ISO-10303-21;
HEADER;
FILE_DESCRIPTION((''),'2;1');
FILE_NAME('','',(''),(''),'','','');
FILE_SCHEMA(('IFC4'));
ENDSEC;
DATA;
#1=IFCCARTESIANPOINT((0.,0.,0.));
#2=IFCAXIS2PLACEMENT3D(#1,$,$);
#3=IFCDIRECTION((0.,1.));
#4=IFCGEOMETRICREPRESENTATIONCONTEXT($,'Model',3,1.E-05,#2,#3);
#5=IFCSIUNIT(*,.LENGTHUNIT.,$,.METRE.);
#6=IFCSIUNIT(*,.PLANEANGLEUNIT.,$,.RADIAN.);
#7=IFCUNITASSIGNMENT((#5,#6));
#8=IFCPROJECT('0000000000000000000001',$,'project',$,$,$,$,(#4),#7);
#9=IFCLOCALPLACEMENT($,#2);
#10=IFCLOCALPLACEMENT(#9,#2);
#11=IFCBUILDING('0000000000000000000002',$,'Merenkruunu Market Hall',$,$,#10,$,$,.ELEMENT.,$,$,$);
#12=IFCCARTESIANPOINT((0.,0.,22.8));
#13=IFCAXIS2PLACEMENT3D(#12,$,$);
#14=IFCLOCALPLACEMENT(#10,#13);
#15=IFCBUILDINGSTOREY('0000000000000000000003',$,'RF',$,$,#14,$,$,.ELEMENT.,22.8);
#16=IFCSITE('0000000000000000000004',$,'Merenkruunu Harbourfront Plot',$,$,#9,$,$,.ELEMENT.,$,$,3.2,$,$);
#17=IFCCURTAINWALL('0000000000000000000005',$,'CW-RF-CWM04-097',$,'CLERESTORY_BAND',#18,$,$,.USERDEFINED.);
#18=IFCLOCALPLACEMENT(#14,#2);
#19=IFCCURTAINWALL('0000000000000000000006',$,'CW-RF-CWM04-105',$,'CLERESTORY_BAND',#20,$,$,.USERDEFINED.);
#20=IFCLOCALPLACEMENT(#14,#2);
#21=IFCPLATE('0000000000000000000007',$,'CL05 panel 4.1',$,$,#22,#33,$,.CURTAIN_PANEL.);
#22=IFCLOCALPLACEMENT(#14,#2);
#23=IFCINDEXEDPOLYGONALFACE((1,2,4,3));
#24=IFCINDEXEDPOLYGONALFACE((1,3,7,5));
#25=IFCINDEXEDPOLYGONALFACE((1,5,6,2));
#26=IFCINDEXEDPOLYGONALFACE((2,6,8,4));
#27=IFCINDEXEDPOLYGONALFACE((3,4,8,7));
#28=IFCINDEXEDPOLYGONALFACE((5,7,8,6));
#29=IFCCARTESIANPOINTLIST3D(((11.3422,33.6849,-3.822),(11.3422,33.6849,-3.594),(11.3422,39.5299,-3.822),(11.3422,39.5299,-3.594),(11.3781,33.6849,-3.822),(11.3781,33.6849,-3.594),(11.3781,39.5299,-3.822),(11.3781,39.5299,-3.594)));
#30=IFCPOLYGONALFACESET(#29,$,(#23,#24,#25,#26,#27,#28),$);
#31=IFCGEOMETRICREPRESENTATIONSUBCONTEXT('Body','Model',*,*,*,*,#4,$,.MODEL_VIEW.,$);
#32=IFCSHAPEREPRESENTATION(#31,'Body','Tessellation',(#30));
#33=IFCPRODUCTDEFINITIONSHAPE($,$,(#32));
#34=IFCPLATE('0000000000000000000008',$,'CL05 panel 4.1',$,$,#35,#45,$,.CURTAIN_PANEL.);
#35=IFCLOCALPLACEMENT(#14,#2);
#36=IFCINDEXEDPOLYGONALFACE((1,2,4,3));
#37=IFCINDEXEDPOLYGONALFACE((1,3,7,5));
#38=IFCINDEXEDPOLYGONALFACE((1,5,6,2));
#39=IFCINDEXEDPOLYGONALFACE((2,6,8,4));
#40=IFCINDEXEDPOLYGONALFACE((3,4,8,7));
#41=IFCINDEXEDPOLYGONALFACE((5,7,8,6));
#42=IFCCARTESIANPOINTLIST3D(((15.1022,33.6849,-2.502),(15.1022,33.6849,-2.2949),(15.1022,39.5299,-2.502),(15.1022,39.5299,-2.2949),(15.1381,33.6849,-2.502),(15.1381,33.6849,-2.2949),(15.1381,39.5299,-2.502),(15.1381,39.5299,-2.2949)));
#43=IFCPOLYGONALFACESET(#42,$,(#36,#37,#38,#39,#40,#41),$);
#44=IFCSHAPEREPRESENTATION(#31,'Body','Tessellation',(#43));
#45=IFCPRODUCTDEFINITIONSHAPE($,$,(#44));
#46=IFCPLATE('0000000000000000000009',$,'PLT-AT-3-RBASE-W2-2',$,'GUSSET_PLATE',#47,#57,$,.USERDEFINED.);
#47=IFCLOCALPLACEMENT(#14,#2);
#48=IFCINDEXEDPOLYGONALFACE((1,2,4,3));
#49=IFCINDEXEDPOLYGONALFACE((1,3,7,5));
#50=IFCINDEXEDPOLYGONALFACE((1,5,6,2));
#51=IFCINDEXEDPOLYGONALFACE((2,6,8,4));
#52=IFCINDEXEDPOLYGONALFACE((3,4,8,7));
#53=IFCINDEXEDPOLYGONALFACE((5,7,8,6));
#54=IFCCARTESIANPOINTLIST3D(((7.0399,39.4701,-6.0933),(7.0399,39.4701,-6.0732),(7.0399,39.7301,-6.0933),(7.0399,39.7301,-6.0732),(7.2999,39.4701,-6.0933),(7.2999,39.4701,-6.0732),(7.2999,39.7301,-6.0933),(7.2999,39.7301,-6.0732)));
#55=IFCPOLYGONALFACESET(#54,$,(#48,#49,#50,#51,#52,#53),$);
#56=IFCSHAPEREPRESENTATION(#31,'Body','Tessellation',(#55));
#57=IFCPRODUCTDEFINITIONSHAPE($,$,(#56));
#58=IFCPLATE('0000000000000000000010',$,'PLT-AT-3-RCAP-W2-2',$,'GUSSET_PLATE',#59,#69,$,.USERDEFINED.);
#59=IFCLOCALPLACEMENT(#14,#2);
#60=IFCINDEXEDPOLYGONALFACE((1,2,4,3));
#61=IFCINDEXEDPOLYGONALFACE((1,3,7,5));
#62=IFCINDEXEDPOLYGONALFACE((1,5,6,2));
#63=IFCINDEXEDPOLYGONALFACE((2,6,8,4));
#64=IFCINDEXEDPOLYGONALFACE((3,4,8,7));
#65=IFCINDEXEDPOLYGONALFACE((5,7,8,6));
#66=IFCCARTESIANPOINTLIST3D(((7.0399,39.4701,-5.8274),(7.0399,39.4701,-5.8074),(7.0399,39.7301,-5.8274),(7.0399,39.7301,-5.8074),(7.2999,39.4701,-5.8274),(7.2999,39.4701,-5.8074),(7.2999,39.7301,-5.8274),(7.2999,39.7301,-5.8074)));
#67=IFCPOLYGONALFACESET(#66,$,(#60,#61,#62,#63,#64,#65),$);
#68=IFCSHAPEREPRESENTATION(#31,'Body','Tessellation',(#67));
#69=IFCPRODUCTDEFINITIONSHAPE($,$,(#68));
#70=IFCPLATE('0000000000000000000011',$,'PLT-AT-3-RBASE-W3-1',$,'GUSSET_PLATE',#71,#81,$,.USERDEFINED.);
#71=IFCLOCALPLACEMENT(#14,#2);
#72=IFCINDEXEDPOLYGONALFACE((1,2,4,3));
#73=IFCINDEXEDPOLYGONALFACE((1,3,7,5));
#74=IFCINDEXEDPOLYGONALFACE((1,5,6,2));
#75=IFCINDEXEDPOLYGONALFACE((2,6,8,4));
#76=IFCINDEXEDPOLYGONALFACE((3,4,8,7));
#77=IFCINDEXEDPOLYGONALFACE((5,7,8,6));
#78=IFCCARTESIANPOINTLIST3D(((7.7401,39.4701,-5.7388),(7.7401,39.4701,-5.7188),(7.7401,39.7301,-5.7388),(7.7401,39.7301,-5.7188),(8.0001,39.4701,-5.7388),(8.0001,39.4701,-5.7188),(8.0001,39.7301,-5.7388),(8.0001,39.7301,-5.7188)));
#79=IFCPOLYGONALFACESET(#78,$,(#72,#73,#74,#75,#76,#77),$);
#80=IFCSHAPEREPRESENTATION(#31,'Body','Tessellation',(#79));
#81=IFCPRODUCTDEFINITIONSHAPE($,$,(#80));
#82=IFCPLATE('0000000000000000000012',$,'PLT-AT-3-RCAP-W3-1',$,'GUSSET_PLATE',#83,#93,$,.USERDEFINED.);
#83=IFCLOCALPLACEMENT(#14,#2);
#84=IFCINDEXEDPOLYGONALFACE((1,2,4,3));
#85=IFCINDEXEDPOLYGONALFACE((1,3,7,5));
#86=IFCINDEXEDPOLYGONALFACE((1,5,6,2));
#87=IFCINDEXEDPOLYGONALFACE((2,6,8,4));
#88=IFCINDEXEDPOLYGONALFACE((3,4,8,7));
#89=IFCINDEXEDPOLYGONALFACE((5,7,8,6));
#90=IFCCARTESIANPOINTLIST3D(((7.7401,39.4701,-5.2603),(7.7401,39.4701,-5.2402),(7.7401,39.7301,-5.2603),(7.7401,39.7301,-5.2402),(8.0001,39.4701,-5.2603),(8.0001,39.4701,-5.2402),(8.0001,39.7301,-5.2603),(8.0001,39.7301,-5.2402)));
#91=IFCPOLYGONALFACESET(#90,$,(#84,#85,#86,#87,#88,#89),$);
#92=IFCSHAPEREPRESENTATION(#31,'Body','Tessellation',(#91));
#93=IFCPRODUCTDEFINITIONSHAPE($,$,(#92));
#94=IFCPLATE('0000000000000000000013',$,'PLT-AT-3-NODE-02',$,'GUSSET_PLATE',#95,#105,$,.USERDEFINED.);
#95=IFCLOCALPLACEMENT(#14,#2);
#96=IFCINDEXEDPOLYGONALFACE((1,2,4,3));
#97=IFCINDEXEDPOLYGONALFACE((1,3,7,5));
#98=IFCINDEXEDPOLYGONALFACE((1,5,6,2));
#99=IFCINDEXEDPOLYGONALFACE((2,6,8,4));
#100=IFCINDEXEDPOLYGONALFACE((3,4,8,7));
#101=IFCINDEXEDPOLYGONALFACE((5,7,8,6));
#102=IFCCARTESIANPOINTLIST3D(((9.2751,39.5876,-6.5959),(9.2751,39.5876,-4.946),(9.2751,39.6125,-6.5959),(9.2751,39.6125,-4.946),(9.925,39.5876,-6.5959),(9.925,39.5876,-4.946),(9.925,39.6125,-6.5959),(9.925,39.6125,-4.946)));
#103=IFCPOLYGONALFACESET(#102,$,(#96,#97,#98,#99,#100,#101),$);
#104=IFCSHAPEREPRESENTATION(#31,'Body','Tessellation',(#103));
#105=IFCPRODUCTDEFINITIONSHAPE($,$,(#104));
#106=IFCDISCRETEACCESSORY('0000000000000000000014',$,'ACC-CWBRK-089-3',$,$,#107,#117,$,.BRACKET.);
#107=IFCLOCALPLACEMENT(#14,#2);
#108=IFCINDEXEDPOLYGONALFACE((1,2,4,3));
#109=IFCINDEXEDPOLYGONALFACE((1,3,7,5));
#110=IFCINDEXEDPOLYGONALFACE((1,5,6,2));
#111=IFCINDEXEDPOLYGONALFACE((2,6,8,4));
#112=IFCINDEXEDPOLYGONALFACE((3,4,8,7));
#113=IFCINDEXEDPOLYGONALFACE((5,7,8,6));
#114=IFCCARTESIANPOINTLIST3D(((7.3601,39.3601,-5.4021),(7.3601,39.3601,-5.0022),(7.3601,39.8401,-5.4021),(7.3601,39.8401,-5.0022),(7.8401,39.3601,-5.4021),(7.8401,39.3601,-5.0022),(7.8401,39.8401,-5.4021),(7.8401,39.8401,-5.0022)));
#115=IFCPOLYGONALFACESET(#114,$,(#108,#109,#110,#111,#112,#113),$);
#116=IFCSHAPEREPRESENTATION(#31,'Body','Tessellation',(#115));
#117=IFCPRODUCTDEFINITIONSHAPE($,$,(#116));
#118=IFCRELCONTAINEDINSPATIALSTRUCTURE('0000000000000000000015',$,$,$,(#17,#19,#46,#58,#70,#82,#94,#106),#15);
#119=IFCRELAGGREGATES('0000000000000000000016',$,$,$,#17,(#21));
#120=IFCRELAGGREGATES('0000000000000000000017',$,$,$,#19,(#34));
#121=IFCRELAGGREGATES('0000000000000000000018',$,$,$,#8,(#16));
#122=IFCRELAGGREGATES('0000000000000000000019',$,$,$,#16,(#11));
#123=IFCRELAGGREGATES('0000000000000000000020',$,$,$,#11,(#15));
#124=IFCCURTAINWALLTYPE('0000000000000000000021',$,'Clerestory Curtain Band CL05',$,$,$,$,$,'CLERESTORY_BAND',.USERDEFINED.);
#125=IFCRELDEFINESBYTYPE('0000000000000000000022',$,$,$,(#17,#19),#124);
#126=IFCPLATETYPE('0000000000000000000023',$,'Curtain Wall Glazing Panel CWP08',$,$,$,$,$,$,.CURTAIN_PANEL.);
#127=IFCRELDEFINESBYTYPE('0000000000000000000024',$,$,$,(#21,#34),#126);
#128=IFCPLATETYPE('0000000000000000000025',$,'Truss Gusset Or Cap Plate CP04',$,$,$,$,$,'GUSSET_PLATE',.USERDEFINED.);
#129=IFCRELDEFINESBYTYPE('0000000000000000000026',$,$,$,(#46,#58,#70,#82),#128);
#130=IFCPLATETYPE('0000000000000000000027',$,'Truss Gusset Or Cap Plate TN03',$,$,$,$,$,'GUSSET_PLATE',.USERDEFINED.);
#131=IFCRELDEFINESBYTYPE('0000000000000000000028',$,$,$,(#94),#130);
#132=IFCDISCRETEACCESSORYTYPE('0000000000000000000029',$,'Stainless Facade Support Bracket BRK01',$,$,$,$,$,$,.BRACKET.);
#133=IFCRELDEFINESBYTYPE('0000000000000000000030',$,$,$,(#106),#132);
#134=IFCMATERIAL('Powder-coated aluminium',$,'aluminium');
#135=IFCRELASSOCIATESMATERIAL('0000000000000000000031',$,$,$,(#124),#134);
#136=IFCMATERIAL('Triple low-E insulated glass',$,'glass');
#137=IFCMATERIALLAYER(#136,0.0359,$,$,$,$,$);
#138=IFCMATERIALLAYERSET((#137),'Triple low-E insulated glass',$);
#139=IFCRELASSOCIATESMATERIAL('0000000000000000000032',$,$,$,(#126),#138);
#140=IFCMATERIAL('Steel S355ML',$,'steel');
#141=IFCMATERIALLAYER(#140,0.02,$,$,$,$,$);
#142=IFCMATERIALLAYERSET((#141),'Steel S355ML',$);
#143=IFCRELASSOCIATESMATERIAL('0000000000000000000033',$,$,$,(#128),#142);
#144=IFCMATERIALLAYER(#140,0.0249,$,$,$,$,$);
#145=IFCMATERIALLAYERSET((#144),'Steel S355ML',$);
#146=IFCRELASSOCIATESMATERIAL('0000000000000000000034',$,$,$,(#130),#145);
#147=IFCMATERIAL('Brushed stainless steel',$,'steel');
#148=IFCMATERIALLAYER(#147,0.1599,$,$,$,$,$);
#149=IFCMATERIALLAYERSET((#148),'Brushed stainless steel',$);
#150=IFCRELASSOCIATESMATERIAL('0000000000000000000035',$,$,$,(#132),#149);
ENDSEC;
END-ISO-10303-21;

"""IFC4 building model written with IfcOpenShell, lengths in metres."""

from ifc_helpers import new_model, si_unit, direction, frame, origin, origin_2d, place, context, subcontext, project, spatial, rectangle, extrude, material, layer, layer_set, type_object, element, aggregate, save


model = new_model("IFC4")

# Units and contexts
model_context = context("Model", 3, precision=1e-05, world=origin(), true_north=direction((0.0, 1.0)))
body_context = subcontext(model_context, "Body", "Model", "MODEL_VIEW")
ifc_project = project(units=[si_unit("LENGTHUNIT", "METRE"), si_unit("PLANEANGLEUNIT", "RADIAN")], contexts=[model_context])

# Site, building, storey
site_placement = place(None, origin())
site = spatial("IfcSite", under=ifc_project, at=site_placement, Name="Merenkruunu Harbourfront Plot", CompositionType="ELEMENT", RefElevation=3.2)
building_placement = place(site_placement, origin())
building = spatial("IfcBuilding", under=site, at=building_placement, Name="Merenkruunu Market Hall", CompositionType="ELEMENT")
storey_placement = place(building_placement, frame((0.0, 0.0, 22.8)))
storey = spatial("IfcBuildingStorey", under=building, at=storey_placement, Name="RF", CompositionType="ELEMENT", Elevation=22.8)

# Shared definitions
ifc_material_1 = material(Name="Steel S355ML", Category="steel")

# Curtain walls
ifc_material_2 = material(Name="Powder-coated aluminium", Category="aluminium")
curtain_wall_type = type_object("IfcCurtainWallType", Name="Clerestory Curtain Band CL05", ElementType="CLERESTORY_BAND", PredefinedType="USERDEFINED", material=ifc_material_2)
curtain_wall_1_placement = place(storey_placement, origin())
curtain_wall_1 = element("IfcCurtainWall", 1, at=curtain_wall_1_placement, inside=storey, type_object=curtain_wall_type, Name="CW-RF-CWM04-097", ObjectType="CLERESTORY_BAND", PredefinedType="USERDEFINED")
curtain_wall_2_placement = place(storey_placement, origin())
curtain_wall_2 = element("IfcCurtainWall", 2, at=curtain_wall_2_placement, inside=storey, type_object=curtain_wall_type, Name="CW-RF-CWM04-105", ObjectType="CLERESTORY_BAND", PredefinedType="USERDEFINED")

# Plates
ifc_material_3 = material(Name="Triple low-E insulated glass", Category="glass")
ifc_layer_1 = layer(ifc_material_3, 0.0359)
ifc_layer_set_1 = layer_set([ifc_layer_1], Name="Triple low-E insulated glass")
plate_type_1 = type_object("IfcPlateType", Name="Curtain Wall Glazing Panel CWP08", PredefinedType="CURTAIN_PANEL", material=ifc_layer_set_1)
plate_1_placement = place(storey_placement, frame((11.3601, 36.6074, -3.822), z_axis=(0.0, 0.0, 1.0), x_axis=(0.0, 1.0, 0.0)))
plate_1 = element("IfcPlate", 3, at=plate_1_placement, type_object=plate_type_1, Name="CL05 panel 4.1", PredefinedType="CURTAIN_PANEL", context=body_context, shape_type="SweptSolid", body=[
    extrude(rectangle(XDim=5.845, YDim=0.0359, at=origin_2d()), origin(), (0.0, 0.0, 1.0), 0.228),
])
aggregate(curtain_wall_1, [plate_1])
plate_2_placement = place(storey_placement, frame((15.1201, 36.6074, -2.502), z_axis=(0.0, 0.0, 1.0), x_axis=(0.0, 1.0, 0.0)))
plate_2 = element("IfcPlate", 4, at=plate_2_placement, type_object=plate_type_1, Name="CL05 panel 4.1", PredefinedType="CURTAIN_PANEL", context=body_context, shape_type="SweptSolid", body=[
    extrude(rectangle(XDim=5.845, YDim=0.0359, at=origin_2d()), origin(), (0.0, 0.0, 1.0), 0.207),
])
aggregate(curtain_wall_2, [plate_2])

# Plates
ifc_layer_2 = layer(ifc_material_1, 0.02)
ifc_layer_set_2 = layer_set([ifc_layer_2], Name="Steel S355ML")
plate_type_2 = type_object("IfcPlateType", Name="Truss Gusset Or Cap Plate CP04", ElementType="GUSSET_PLATE", PredefinedType="USERDEFINED", material=ifc_layer_set_2)
for number, where, z_axis, x_axis, name in (
    (5, (7.1699, 39.6001, -6.0933), (0.0, 0.0, 1.0), (1.0, 0.0, 0.0), "PLT-AT-3-RBASE-W2-2"),
    (6, (7.1699, 39.6001, -5.8274), (0.0, 0.0, 1.0), (1.0, 0.0, 0.0), "PLT-AT-3-RCAP-W2-2"),
    (7, (7.8701, 39.6001, -5.7388), (0.0, 0.0, 1.0), (1.0, 0.0, 0.0), "PLT-AT-3-RBASE-W3-1"),
    (8, (7.8701, 39.6001, -5.2603), (0.0, 0.0, 1.0), (1.0, 0.0, 0.0), "PLT-AT-3-RCAP-W3-1"),
):
    element("IfcPlate", number, at=place(storey_placement, frame(where, z_axis=z_axis, x_axis=x_axis)), inside=storey, type_object=plate_type_2, Name=name, ObjectType="GUSSET_PLATE", PredefinedType="USERDEFINED", context=body_context, shape_type="SweptSolid", body=[
        extrude(rectangle(XDim=0.26, YDim=0.26, at=origin_2d()), origin(), (0.0, 0.0, 1.0), 0.02),
    ])
ifc_layer_3 = layer(ifc_material_1, 0.0249)
ifc_layer_set_3 = layer_set([ifc_layer_3], Name="Steel S355ML")
plate_type_3 = type_object("IfcPlateType", Name="Truss Gusset Or Cap Plate TN03", ElementType="GUSSET_PLATE", PredefinedType="USERDEFINED", material=ifc_layer_set_3)
plate_3_placement = place(storey_placement, frame((9.6001, 39.6001, -6.5959), z_axis=(0.0, 0.0, 1.0), x_axis=(1.0, 0.0, 0.0)))
element("IfcPlate", 9, at=plate_3_placement, inside=storey, type_object=plate_type_3, Name="PLT-AT-3-NODE-02", ObjectType="GUSSET_PLATE", PredefinedType="USERDEFINED", context=body_context, shape_type="SweptSolid", body=[
    extrude(rectangle(XDim=0.6499, YDim=0.0249, at=origin_2d()), origin(), (0.0, 0.0, 1.0), 1.6499),
])

# Discrete accessory
ifc_material_4 = material(Name="Brushed stainless steel", Category="steel")
ifc_layer_4 = layer(ifc_material_4, 0.1599)
ifc_layer_set_4 = layer_set([ifc_layer_4], Name="Brushed stainless steel")
discrete_accessory_type = type_object("IfcDiscreteAccessoryType", Name="Stainless Facade Support Bracket BRK01", PredefinedType="BRACKET", material=ifc_layer_set_4)
discrete_accessory_placement = place(storey_placement, frame((7.6001, 39.6001, -5.4021), z_axis=(0.0, 0.0, 1.0), x_axis=(1.0, 0.0, 0.0)))
element("IfcDiscreteAccessory", 10, at=discrete_accessory_placement, inside=storey, type_object=discrete_accessory_type, Name="ACC-CWBRK-089-3", PredefinedType="BRACKET", context=body_context, shape_type="SweptSolid", body=[
    extrude(rectangle(XDim=0.48, YDim=0.48, at=origin_2d()), origin(), (0.0, 0.0, 1.0), 0.3999),
])

save(model, "model.ifc")
